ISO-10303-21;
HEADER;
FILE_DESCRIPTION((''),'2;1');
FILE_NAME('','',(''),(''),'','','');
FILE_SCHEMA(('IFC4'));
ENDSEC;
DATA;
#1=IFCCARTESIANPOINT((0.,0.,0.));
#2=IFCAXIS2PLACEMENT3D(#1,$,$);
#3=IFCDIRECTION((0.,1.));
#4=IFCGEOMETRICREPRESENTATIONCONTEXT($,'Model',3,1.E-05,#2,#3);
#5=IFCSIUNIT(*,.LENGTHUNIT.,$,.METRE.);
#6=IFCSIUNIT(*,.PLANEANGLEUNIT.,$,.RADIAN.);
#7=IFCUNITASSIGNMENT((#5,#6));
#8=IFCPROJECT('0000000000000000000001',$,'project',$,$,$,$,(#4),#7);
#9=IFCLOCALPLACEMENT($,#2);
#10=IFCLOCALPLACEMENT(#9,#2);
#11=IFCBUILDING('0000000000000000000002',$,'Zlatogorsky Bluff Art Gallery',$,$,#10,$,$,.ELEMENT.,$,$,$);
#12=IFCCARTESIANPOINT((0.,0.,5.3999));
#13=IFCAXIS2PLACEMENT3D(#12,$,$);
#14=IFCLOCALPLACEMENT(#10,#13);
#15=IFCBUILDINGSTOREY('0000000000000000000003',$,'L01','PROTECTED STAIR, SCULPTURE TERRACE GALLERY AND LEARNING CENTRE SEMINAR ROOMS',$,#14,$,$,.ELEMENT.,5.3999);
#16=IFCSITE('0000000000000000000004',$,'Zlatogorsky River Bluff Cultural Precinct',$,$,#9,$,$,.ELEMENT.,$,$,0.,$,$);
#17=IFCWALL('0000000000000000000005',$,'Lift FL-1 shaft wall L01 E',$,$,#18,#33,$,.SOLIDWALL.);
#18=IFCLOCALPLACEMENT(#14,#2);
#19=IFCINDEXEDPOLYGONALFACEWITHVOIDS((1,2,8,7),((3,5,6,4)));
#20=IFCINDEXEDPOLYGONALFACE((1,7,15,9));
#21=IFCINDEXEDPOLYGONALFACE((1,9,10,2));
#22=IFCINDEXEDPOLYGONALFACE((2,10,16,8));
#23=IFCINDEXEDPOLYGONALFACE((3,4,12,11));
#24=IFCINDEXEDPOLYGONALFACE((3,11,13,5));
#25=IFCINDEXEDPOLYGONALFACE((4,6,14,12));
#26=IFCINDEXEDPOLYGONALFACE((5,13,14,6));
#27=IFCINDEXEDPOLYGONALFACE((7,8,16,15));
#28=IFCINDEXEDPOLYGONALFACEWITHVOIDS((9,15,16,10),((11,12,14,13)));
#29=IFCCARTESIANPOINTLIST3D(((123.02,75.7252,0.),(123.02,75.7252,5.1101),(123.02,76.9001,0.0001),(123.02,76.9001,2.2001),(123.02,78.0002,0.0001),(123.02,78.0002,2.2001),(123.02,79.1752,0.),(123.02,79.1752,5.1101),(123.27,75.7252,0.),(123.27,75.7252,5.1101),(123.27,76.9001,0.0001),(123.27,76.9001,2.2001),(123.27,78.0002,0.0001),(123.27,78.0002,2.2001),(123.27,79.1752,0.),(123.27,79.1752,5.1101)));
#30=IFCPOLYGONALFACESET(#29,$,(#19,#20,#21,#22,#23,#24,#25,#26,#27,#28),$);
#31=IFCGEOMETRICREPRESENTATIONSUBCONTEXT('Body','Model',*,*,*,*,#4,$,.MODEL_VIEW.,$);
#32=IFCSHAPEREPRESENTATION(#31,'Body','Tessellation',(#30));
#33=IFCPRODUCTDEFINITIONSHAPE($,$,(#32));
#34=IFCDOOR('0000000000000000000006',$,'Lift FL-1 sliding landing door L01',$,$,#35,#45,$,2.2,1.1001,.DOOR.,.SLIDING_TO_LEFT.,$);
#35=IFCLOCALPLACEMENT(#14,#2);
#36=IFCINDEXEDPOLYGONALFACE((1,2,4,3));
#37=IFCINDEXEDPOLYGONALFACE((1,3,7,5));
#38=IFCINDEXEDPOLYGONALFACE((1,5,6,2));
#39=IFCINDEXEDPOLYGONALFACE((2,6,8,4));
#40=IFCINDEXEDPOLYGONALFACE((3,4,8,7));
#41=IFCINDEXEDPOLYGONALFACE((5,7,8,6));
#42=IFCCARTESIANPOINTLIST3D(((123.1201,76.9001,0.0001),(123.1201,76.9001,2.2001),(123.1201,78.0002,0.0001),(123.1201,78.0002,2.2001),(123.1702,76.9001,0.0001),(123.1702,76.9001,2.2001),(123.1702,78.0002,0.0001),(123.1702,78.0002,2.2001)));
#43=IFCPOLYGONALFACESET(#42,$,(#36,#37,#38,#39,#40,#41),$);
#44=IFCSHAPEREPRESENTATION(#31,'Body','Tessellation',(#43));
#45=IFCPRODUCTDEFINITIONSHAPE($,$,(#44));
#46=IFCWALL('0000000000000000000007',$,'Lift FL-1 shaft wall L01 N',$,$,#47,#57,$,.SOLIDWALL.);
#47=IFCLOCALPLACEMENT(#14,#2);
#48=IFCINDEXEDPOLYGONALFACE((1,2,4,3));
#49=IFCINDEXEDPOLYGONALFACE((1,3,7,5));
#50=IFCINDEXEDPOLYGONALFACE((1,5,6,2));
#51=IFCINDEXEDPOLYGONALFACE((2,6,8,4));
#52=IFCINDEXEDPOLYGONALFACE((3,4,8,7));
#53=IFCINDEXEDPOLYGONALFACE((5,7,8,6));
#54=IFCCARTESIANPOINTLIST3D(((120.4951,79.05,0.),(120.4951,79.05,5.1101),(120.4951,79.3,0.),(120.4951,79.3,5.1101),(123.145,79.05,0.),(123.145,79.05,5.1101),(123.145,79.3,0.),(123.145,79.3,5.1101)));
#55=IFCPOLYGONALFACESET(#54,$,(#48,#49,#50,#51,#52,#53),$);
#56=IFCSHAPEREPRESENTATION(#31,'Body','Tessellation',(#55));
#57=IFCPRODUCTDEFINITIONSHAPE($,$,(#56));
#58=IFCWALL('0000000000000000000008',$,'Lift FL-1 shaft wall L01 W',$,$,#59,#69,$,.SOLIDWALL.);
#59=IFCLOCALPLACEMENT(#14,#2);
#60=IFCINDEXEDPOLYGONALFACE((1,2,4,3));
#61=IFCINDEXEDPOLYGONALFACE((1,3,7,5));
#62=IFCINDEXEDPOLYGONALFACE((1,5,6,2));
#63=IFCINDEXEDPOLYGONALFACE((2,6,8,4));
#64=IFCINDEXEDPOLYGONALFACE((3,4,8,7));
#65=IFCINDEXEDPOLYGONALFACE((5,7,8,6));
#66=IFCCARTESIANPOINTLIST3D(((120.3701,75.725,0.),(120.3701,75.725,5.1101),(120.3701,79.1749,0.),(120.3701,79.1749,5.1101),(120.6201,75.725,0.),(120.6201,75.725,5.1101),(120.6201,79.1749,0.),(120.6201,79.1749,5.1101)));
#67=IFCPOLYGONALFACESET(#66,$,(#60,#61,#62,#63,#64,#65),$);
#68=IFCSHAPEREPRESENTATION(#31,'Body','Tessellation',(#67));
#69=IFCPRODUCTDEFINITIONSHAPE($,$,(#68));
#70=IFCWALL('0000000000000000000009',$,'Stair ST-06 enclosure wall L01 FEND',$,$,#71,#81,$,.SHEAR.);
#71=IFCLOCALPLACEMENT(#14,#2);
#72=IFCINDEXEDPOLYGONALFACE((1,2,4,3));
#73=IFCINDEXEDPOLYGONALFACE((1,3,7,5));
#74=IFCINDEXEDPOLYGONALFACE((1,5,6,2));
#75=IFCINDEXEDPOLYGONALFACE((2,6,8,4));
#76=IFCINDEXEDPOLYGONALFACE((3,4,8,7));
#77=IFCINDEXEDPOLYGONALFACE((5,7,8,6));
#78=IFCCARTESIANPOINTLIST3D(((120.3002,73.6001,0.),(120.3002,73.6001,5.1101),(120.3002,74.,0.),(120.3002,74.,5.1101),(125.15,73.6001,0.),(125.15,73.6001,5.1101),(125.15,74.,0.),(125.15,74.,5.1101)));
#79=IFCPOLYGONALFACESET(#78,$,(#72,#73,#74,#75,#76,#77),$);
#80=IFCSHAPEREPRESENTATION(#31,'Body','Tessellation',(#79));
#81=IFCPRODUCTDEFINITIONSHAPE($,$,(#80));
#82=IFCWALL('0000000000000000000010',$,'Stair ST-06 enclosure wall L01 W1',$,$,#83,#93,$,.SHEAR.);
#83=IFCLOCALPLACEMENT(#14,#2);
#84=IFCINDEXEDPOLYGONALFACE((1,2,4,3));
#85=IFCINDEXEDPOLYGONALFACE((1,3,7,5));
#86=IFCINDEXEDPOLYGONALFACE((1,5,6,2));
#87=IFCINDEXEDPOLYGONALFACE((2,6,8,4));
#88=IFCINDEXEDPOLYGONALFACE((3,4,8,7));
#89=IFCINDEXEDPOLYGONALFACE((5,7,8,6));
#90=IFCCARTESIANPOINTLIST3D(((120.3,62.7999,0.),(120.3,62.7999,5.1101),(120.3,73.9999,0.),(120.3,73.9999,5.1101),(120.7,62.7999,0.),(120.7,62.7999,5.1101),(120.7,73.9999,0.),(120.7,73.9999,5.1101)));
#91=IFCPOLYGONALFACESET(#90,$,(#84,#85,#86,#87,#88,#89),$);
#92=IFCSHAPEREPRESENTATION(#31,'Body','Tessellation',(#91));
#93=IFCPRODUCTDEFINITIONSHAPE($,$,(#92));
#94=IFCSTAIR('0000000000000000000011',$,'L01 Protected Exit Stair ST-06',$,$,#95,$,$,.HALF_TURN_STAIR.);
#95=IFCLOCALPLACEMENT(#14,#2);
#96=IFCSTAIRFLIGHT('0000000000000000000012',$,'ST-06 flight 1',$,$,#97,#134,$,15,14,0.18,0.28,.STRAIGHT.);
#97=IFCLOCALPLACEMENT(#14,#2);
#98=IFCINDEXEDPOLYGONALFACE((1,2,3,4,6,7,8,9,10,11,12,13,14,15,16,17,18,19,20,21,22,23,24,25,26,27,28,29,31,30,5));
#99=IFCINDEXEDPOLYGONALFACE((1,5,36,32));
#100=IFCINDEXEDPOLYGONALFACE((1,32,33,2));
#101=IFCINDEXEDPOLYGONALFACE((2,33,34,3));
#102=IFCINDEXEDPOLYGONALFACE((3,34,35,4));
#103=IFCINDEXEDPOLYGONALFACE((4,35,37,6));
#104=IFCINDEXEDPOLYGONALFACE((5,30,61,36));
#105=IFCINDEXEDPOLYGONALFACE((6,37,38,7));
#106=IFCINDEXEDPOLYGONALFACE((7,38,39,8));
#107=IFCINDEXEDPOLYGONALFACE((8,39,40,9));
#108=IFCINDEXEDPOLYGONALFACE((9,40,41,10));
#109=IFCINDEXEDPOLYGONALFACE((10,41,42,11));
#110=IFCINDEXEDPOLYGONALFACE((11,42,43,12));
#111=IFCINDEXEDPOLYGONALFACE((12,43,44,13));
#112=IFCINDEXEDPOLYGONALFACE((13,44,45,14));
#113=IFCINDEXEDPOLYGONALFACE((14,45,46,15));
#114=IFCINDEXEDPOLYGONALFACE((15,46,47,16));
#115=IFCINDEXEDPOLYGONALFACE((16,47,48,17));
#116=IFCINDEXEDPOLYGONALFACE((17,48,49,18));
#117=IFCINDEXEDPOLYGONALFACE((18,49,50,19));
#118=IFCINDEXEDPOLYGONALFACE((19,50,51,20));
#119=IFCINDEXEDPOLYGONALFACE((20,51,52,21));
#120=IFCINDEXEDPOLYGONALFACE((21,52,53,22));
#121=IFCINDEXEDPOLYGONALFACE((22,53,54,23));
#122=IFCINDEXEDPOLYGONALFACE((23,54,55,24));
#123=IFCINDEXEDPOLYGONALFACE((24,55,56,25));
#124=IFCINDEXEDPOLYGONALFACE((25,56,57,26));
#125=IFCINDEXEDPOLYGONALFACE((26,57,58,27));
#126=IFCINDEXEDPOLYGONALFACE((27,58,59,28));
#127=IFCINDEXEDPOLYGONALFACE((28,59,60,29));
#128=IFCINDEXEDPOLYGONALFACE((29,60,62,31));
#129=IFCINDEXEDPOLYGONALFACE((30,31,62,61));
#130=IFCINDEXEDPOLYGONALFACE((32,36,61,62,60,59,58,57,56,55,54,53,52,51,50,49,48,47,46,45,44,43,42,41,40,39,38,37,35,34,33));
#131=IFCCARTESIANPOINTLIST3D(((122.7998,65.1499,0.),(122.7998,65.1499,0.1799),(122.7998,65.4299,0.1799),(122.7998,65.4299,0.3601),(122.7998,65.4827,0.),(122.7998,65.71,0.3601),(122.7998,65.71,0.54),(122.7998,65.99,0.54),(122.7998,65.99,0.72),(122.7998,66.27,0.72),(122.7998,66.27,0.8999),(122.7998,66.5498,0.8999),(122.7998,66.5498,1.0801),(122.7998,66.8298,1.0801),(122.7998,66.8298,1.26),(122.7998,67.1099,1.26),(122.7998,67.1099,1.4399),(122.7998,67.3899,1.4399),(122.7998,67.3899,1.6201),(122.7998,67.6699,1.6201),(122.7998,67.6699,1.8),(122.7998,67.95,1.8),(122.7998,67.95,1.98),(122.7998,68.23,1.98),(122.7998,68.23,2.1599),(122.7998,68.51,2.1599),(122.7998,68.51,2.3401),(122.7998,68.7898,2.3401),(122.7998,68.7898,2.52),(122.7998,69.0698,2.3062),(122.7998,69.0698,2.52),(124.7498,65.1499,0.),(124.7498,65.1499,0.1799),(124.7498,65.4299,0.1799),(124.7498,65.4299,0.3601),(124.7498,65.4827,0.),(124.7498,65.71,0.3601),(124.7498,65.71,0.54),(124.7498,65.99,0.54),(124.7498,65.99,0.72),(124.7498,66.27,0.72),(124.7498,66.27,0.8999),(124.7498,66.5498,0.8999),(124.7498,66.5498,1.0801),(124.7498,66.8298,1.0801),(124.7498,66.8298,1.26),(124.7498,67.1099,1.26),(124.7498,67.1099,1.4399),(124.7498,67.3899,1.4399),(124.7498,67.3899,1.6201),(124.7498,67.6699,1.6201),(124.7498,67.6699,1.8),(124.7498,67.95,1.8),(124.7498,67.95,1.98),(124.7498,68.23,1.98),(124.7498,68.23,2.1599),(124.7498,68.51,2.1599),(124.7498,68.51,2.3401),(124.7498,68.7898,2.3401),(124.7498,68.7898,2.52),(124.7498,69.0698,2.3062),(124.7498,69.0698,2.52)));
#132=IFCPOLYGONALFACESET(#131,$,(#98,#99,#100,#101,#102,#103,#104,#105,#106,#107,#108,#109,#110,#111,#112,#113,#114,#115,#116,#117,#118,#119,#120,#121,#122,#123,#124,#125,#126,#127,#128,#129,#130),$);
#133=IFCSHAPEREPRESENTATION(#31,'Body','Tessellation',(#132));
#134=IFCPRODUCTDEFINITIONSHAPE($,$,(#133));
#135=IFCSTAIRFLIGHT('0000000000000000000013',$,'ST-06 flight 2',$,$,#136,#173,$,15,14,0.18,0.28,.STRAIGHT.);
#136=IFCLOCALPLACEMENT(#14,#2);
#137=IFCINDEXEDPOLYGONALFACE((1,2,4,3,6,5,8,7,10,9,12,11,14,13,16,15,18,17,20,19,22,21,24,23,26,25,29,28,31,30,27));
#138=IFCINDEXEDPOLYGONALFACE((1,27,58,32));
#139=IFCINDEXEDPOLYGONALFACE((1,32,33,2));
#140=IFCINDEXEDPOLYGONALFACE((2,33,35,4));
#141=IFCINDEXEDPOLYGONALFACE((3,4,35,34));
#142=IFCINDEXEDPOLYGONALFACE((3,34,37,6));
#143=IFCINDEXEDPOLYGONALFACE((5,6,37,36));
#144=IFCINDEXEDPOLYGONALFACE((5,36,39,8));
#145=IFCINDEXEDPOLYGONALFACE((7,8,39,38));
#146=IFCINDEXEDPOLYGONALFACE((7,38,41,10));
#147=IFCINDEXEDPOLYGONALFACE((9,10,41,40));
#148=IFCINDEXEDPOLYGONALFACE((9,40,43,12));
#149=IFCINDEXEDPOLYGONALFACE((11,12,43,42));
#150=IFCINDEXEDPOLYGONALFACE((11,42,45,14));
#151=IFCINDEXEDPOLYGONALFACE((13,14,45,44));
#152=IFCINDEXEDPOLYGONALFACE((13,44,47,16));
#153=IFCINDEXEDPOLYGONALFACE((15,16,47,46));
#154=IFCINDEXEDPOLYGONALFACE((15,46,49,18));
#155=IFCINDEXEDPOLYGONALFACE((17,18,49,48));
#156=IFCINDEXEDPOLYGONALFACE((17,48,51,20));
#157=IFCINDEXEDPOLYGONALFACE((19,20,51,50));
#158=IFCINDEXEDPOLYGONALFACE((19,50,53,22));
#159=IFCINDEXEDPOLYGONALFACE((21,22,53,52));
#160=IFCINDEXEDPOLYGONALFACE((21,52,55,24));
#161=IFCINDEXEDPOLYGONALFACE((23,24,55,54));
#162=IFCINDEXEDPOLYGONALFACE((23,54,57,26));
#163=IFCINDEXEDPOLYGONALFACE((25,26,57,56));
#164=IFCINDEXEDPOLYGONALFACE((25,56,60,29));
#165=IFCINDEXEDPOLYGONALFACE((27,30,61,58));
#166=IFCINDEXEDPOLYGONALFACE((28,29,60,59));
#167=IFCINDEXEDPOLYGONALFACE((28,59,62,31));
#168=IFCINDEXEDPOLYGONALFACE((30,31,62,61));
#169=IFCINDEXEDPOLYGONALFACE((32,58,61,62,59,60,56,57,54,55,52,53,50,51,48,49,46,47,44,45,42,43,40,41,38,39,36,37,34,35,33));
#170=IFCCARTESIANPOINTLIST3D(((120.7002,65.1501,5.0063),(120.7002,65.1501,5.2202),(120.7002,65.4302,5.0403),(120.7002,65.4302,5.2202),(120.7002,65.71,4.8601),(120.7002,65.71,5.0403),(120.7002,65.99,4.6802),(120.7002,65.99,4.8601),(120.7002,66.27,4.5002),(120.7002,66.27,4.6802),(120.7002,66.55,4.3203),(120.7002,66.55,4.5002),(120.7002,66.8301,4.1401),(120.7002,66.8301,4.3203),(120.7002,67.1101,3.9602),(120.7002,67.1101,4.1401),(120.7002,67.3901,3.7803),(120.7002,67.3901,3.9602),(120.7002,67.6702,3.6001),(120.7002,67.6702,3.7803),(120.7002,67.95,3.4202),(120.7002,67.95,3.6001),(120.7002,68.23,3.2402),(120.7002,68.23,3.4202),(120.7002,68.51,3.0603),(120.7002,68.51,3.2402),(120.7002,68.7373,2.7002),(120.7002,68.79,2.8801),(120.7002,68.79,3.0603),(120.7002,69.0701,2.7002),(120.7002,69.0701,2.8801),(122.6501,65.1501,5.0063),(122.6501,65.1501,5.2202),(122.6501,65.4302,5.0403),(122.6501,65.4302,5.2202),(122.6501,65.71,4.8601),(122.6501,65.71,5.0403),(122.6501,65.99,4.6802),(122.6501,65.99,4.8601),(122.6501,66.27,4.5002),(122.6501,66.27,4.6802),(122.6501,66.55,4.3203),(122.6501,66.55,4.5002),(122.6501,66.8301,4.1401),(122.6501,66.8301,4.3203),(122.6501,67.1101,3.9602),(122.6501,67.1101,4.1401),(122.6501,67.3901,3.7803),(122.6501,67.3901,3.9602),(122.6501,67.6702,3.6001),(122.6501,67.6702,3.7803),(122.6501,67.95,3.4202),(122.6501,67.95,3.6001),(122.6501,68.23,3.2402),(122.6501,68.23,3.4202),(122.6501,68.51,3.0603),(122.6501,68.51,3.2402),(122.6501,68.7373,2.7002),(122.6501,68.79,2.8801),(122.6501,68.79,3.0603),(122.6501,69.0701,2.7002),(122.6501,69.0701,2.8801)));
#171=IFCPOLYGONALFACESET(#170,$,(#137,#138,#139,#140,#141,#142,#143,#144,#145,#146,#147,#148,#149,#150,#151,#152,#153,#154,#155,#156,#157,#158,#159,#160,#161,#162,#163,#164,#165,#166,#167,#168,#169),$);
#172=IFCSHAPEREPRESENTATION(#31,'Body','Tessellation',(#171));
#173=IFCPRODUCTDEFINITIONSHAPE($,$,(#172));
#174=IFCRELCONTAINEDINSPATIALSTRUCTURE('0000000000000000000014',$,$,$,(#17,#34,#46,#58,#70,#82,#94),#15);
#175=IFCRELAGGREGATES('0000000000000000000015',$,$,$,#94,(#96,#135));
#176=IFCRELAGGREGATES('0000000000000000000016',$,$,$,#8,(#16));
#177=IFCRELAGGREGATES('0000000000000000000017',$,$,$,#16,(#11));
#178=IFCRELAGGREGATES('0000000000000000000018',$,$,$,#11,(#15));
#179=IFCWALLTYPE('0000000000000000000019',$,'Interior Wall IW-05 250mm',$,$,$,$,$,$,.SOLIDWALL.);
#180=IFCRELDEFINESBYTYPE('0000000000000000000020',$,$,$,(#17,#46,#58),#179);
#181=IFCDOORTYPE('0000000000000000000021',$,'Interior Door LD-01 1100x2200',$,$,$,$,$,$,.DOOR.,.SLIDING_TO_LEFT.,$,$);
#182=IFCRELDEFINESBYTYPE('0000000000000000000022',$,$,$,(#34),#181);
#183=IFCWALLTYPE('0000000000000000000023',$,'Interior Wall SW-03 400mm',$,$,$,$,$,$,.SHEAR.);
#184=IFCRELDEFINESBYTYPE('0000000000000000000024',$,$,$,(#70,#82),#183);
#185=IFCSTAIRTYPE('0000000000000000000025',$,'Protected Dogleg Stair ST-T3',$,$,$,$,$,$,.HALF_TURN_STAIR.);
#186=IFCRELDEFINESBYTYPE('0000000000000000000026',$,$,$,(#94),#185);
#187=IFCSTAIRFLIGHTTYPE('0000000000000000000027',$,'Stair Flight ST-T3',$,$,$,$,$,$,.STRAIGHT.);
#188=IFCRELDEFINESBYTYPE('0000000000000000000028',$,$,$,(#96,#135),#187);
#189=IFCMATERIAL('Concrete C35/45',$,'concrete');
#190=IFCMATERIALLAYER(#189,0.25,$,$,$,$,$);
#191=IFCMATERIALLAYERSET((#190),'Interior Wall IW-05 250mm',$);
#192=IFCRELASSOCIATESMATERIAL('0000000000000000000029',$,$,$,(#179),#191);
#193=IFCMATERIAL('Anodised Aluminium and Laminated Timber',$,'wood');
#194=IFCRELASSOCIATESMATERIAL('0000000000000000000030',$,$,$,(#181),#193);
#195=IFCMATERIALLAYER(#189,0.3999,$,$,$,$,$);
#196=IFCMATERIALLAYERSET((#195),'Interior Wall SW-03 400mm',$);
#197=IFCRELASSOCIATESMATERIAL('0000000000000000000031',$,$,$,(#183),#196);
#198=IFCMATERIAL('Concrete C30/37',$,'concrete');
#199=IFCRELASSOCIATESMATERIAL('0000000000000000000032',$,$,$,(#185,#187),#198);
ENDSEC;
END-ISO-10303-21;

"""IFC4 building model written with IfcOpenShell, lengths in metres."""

from ifc_helpers import new_model, si_unit, direction, frame, frame_2d, origin, place, context, subcontext, project, spatial, polyline, rectangle, outline, extrude, material, layer, layer_set, type_object, element, fill, aggregate, save


model = new_model("IFC4")

# Units and contexts
model_context = context("Model", 3, precision=1e-05, world=origin(), true_north=direction((0.0, 1.0)))
body_context = subcontext(model_context, "Body", "Model", "MODEL_VIEW")
ifc_project = project(units=[si_unit("LENGTHUNIT", "METRE"), si_unit("PLANEANGLEUNIT", "RADIAN")], contexts=[model_context])

# Site, building, storey
site_placement = place(None, origin())
site = spatial("IfcSite", under=ifc_project, at=site_placement, Name="Zlatogorsky River Bluff Cultural Precinct", CompositionType="ELEMENT", RefElevation=0.0)
building_placement = place(site_placement, origin())
building = spatial("IfcBuilding", under=site, at=building_placement, Name="Zlatogorsky Bluff Art Gallery", CompositionType="ELEMENT")
storey_placement = place(building_placement, frame((0.0, 0.0, 5.3999)))
storey = spatial("IfcBuildingStorey", under=building, at=storey_placement, Name="L01", Description="PROTECTED STAIR, SCULPTURE TERRACE GALLERY AND LEARNING CENTRE SEMINAR ROOMS", CompositionType="ELEMENT", Elevation=5.3999)

# Shared definitions
ifc_material_1 = material(Name="Concrete C30/37", Category="concrete")
ifc_material_2 = material(Name="Anodised Aluminium and Laminated Timber", Category="wood")

# Shared definitions
ifc_material_3 = material(Name="Concrete C35/45", Category="concrete")
ifc_layer_1 = layer(ifc_material_3, 0.25)
ifc_layer_set_1 = layer_set([ifc_layer_1], Name="Interior Wall IW-05 250mm")
wall_type_1 = type_object("IfcWallType", Name="Interior Wall IW-05 250mm", PredefinedType="SOLIDWALL", material=ifc_layer_set_1)

# Wall, opening, door
wall_1_placement = place(storey_placement, frame((123.145, 75.7251, 0.0), z_axis=(0.0, 0.0, 1.0), x_axis=(0.0, 1.0, 0.0)))
wall_1 = element("IfcWall", 1, at=wall_1_placement, inside=storey, type_object=wall_type_1, Name="Lift FL-1 shaft wall L01 E", PredefinedType="SOLIDWALL", context=body_context, shape_type="SweptSolid", body=[
    extrude(rectangle(XDim=3.45, YDim=0.25, at=frame_2d((1.7251, 0.0))), origin(), (0.0, 0.0, 1.0), 5.1101),
])
opening_1_placement = place(wall_1_placement, frame((1.175, 0.0, 0.0)))
opening_1 = element("IfcOpeningElement", 2, at=opening_1_placement, cuts=wall_1, PredefinedType="OPENING", context=body_context, shape_type="SweptSolid", body=[
    extrude(rectangle(XDim=1.1001, YDim=2.2, at=frame_2d((0.55, 1.1001))), frame((0.0, 0.135, 0.0), z_axis=(0.0, -1.0, 0.0), x_axis=(1.0, 0.0, 0.0)), (0.0, 0.0, 1.0), 0.27),
])
door_type_1 = type_object("IfcDoorType", Name="Interior Door LD-01 1100x2200", OperationType="SLIDING_TO_LEFT", PredefinedType="DOOR", material=ifc_material_2)
door_1_placement = place(opening_1_placement, origin())
door_1 = element("IfcDoor", 3, at=door_1_placement, inside=storey, type_object=door_type_1, Name="Lift FL-1 sliding landing door L01", OperationType="SLIDING_TO_LEFT", OverallHeight=2.2, OverallWidth=1.1001, PredefinedType="DOOR", context=body_context, shape_type="SweptSolid", body=[
    extrude(rectangle(XDim=1.1001, YDim=2.2, at=frame_2d((0.55, 1.1001))), frame((0.0, 0.0249, 0.0), z_axis=(0.0, -1.0, 0.0), x_axis=(1.0, 0.0, 0.0)), (0.0, 0.0, 1.0), 0.05),
])
fill(opening_1, door_1)

# Walls
wall_2_placement = place(storey_placement, frame((123.145, 79.175, 0.0), z_axis=(0.0, 0.0, 1.0), x_axis=(-1.0, 0.0, 0.0)))
element("IfcWall", 4, at=wall_2_placement, inside=storey, type_object=wall_type_1, Name="Lift FL-1 shaft wall L01 N", PredefinedType="SOLIDWALL", context=body_context, shape_type="SweptSolid", body=[
    extrude(rectangle(XDim=2.6499, YDim=0.25, at=frame_2d((1.325, 0.0))), origin(), (0.0, 0.0, 1.0), 5.1101),
])
wall_3_placement = place(storey_placement, frame((120.4951, 79.175, 0.0), z_axis=(0.0, 0.0, 1.0), x_axis=(0.0, -1.0, 0.0)))
element("IfcWall", 5, at=wall_3_placement, inside=storey, type_object=wall_type_1, Name="Lift FL-1 shaft wall L01 W", PredefinedType="SOLIDWALL", context=body_context, shape_type="SweptSolid", body=[
    extrude(rectangle(XDim=3.45, YDim=0.25, at=frame_2d((1.7251, 0.0))), origin(), (0.0, 0.0, 1.0), 5.1101),
])
ifc_layer_2 = layer(ifc_material_3, 0.3999)
ifc_layer_set_2 = layer_set([ifc_layer_2], Name="Interior Wall SW-03 400mm")
wall_type_2 = type_object("IfcWallType", Name="Interior Wall SW-03 400mm", PredefinedType="SHEAR", material=ifc_layer_set_2)
wall_4_placement = place(storey_placement, frame((125.1499, 73.8, 0.0), z_axis=(0.0, 0.0, 1.0), x_axis=(-1.0, 0.0, 0.0)))
element("IfcWall", 6, at=wall_4_placement, inside=storey, type_object=wall_type_2, Name="Stair ST-06 enclosure wall L01 FEND", PredefinedType="SHEAR", context=body_context, shape_type="SweptSolid", body=[
    extrude(rectangle(XDim=4.8499, YDim=0.3999, at=frame_2d((2.4248, 0.0))), origin(), (0.0, 0.0, 1.0), 5.1101),
])
wall_5_placement = place(storey_placement, frame((120.5, 74.0, 0.0), z_axis=(0.0, 0.0, 1.0), x_axis=(0.0, -1.0, 0.0)))
element("IfcWall", 7, at=wall_5_placement, inside=storey, type_object=wall_type_2, Name="Stair ST-06 enclosure wall L01 W1", PredefinedType="SHEAR", context=body_context, shape_type="SweptSolid", body=[
    extrude(rectangle(XDim=11.2, YDim=0.3999, at=frame_2d((5.6001, 0.0))), origin(), (0.0, 0.0, 1.0), 5.1101),
])

# Stair, stair flights
stair_type = type_object("IfcStairType", Name="Protected Dogleg Stair ST-T3", PredefinedType="HALF_TURN_STAIR", material=ifc_material_1)
stair_placement = place(storey_placement, origin())
stair = element("IfcStair", 8, at=stair_placement, inside=storey, type_object=stair_type, Name="L01 Protected Exit Stair ST-06", PredefinedType="HALF_TURN_STAIR")
stair_flight_type = type_object("IfcStairFlightType", Name="Stair Flight ST-T3", PredefinedType="STRAIGHT", material=ifc_material_1)
stair_flight_1_placement = place(storey_placement, frame((123.7749, 65.1499, 0.0), z_axis=(0.0, 0.0, 1.0), x_axis=(0.0, 1.0, 0.0)))
stair_flight_1 = element("IfcStairFlight", 9, at=stair_flight_1_placement, type_object=stair_flight_type, Name="ST-06 flight 1", NumberOfRisers=15, NumberOfTreads=14, PredefinedType="STRAIGHT", RiserHeight=0.18, TreadLength=0.28, context=body_context, shape_type="SweptSolid", body=[
    extrude(outline(polyline([(0.0, 0.0), (0.0, 0.1799), (0.28, 0.1799), (0.28, 0.3601), (0.5601, 0.3601), (0.5601, 0.54), (0.8401, 0.54), (0.8401, 0.72), (1.1201, 0.72), (1.1201, 0.8999), (1.3999, 0.8999), (1.3999, 1.0801), (1.6799, 1.0801), (1.6799, 1.26), (1.96, 1.26), (1.96, 1.4399), (2.24, 1.4399), (2.24, 1.6201), (2.52, 1.6201), (2.52, 1.8), (2.8, 1.8), (2.8, 1.98), (3.0801, 1.98), (3.0801, 2.1599), (3.3601, 2.1599), (3.3601, 2.3401), (3.6399, 2.3401), (3.6399, 2.52), (3.9199, 2.52), (3.9199, 2.7), (3.9199, 2.3062), (0.3328, 0.0), (0.0, 0.0)])), frame((0.0, 0.9751, 0.0), z_axis=(0.0, -1.0, 0.0), x_axis=(1.0, 0.0, 0.0)), (0.0, 0.0, 1.0), 1.95),
])
stair_flight_2_placement = place(storey_placement, frame((121.675, 69.0701, 2.7002), z_axis=(0.0, 0.0, 1.0), x_axis=(0.0, -1.0, 0.0)))
stair_flight_2 = element("IfcStairFlight", 10, at=stair_flight_2_placement, type_object=stair_flight_type, Name="ST-06 flight 2", NumberOfRisers=15, NumberOfTreads=14, PredefinedType="STRAIGHT", RiserHeight=0.18, TreadLength=0.28, context=body_context, shape_type="SweptSolid", body=[
    extrude(outline(polyline([(0.0, 0.0), (0.0, 0.1799), (0.28, 0.1799), (0.28, 0.3601), (0.5601, 0.3601), (0.5601, 0.54), (0.8401, 0.54), (0.8401, 0.72), (1.1201, 0.72), (1.1201, 0.8999), (1.3999, 0.8999), (1.3999, 1.0801), (1.6799, 1.0801), (1.6799, 1.26), (1.96, 1.26), (1.96, 1.4399), (2.24, 1.4399), (2.24, 1.6201), (2.52, 1.6201), (2.52, 1.8), (2.8, 1.8), (2.8, 1.98), (3.0801, 1.98), (3.0801, 2.1599), (3.3601, 2.1599), (3.3601, 2.3401), (3.6399, 2.3401), (3.6399, 2.52), (3.9199, 2.52), (3.9199, 2.7), (3.9199, 2.3062), (0.3328, 0.0), (0.0, 0.0)])), frame((0.0, 0.9751, 0.0), z_axis=(0.0, -1.0, 0.0), x_axis=(1.0, 0.0, 0.0)), (0.0, 0.0, 1.0), 1.95),
])
aggregate(stair, [stair_flight_1, stair_flight_2])

save(model, "model.ifc")
